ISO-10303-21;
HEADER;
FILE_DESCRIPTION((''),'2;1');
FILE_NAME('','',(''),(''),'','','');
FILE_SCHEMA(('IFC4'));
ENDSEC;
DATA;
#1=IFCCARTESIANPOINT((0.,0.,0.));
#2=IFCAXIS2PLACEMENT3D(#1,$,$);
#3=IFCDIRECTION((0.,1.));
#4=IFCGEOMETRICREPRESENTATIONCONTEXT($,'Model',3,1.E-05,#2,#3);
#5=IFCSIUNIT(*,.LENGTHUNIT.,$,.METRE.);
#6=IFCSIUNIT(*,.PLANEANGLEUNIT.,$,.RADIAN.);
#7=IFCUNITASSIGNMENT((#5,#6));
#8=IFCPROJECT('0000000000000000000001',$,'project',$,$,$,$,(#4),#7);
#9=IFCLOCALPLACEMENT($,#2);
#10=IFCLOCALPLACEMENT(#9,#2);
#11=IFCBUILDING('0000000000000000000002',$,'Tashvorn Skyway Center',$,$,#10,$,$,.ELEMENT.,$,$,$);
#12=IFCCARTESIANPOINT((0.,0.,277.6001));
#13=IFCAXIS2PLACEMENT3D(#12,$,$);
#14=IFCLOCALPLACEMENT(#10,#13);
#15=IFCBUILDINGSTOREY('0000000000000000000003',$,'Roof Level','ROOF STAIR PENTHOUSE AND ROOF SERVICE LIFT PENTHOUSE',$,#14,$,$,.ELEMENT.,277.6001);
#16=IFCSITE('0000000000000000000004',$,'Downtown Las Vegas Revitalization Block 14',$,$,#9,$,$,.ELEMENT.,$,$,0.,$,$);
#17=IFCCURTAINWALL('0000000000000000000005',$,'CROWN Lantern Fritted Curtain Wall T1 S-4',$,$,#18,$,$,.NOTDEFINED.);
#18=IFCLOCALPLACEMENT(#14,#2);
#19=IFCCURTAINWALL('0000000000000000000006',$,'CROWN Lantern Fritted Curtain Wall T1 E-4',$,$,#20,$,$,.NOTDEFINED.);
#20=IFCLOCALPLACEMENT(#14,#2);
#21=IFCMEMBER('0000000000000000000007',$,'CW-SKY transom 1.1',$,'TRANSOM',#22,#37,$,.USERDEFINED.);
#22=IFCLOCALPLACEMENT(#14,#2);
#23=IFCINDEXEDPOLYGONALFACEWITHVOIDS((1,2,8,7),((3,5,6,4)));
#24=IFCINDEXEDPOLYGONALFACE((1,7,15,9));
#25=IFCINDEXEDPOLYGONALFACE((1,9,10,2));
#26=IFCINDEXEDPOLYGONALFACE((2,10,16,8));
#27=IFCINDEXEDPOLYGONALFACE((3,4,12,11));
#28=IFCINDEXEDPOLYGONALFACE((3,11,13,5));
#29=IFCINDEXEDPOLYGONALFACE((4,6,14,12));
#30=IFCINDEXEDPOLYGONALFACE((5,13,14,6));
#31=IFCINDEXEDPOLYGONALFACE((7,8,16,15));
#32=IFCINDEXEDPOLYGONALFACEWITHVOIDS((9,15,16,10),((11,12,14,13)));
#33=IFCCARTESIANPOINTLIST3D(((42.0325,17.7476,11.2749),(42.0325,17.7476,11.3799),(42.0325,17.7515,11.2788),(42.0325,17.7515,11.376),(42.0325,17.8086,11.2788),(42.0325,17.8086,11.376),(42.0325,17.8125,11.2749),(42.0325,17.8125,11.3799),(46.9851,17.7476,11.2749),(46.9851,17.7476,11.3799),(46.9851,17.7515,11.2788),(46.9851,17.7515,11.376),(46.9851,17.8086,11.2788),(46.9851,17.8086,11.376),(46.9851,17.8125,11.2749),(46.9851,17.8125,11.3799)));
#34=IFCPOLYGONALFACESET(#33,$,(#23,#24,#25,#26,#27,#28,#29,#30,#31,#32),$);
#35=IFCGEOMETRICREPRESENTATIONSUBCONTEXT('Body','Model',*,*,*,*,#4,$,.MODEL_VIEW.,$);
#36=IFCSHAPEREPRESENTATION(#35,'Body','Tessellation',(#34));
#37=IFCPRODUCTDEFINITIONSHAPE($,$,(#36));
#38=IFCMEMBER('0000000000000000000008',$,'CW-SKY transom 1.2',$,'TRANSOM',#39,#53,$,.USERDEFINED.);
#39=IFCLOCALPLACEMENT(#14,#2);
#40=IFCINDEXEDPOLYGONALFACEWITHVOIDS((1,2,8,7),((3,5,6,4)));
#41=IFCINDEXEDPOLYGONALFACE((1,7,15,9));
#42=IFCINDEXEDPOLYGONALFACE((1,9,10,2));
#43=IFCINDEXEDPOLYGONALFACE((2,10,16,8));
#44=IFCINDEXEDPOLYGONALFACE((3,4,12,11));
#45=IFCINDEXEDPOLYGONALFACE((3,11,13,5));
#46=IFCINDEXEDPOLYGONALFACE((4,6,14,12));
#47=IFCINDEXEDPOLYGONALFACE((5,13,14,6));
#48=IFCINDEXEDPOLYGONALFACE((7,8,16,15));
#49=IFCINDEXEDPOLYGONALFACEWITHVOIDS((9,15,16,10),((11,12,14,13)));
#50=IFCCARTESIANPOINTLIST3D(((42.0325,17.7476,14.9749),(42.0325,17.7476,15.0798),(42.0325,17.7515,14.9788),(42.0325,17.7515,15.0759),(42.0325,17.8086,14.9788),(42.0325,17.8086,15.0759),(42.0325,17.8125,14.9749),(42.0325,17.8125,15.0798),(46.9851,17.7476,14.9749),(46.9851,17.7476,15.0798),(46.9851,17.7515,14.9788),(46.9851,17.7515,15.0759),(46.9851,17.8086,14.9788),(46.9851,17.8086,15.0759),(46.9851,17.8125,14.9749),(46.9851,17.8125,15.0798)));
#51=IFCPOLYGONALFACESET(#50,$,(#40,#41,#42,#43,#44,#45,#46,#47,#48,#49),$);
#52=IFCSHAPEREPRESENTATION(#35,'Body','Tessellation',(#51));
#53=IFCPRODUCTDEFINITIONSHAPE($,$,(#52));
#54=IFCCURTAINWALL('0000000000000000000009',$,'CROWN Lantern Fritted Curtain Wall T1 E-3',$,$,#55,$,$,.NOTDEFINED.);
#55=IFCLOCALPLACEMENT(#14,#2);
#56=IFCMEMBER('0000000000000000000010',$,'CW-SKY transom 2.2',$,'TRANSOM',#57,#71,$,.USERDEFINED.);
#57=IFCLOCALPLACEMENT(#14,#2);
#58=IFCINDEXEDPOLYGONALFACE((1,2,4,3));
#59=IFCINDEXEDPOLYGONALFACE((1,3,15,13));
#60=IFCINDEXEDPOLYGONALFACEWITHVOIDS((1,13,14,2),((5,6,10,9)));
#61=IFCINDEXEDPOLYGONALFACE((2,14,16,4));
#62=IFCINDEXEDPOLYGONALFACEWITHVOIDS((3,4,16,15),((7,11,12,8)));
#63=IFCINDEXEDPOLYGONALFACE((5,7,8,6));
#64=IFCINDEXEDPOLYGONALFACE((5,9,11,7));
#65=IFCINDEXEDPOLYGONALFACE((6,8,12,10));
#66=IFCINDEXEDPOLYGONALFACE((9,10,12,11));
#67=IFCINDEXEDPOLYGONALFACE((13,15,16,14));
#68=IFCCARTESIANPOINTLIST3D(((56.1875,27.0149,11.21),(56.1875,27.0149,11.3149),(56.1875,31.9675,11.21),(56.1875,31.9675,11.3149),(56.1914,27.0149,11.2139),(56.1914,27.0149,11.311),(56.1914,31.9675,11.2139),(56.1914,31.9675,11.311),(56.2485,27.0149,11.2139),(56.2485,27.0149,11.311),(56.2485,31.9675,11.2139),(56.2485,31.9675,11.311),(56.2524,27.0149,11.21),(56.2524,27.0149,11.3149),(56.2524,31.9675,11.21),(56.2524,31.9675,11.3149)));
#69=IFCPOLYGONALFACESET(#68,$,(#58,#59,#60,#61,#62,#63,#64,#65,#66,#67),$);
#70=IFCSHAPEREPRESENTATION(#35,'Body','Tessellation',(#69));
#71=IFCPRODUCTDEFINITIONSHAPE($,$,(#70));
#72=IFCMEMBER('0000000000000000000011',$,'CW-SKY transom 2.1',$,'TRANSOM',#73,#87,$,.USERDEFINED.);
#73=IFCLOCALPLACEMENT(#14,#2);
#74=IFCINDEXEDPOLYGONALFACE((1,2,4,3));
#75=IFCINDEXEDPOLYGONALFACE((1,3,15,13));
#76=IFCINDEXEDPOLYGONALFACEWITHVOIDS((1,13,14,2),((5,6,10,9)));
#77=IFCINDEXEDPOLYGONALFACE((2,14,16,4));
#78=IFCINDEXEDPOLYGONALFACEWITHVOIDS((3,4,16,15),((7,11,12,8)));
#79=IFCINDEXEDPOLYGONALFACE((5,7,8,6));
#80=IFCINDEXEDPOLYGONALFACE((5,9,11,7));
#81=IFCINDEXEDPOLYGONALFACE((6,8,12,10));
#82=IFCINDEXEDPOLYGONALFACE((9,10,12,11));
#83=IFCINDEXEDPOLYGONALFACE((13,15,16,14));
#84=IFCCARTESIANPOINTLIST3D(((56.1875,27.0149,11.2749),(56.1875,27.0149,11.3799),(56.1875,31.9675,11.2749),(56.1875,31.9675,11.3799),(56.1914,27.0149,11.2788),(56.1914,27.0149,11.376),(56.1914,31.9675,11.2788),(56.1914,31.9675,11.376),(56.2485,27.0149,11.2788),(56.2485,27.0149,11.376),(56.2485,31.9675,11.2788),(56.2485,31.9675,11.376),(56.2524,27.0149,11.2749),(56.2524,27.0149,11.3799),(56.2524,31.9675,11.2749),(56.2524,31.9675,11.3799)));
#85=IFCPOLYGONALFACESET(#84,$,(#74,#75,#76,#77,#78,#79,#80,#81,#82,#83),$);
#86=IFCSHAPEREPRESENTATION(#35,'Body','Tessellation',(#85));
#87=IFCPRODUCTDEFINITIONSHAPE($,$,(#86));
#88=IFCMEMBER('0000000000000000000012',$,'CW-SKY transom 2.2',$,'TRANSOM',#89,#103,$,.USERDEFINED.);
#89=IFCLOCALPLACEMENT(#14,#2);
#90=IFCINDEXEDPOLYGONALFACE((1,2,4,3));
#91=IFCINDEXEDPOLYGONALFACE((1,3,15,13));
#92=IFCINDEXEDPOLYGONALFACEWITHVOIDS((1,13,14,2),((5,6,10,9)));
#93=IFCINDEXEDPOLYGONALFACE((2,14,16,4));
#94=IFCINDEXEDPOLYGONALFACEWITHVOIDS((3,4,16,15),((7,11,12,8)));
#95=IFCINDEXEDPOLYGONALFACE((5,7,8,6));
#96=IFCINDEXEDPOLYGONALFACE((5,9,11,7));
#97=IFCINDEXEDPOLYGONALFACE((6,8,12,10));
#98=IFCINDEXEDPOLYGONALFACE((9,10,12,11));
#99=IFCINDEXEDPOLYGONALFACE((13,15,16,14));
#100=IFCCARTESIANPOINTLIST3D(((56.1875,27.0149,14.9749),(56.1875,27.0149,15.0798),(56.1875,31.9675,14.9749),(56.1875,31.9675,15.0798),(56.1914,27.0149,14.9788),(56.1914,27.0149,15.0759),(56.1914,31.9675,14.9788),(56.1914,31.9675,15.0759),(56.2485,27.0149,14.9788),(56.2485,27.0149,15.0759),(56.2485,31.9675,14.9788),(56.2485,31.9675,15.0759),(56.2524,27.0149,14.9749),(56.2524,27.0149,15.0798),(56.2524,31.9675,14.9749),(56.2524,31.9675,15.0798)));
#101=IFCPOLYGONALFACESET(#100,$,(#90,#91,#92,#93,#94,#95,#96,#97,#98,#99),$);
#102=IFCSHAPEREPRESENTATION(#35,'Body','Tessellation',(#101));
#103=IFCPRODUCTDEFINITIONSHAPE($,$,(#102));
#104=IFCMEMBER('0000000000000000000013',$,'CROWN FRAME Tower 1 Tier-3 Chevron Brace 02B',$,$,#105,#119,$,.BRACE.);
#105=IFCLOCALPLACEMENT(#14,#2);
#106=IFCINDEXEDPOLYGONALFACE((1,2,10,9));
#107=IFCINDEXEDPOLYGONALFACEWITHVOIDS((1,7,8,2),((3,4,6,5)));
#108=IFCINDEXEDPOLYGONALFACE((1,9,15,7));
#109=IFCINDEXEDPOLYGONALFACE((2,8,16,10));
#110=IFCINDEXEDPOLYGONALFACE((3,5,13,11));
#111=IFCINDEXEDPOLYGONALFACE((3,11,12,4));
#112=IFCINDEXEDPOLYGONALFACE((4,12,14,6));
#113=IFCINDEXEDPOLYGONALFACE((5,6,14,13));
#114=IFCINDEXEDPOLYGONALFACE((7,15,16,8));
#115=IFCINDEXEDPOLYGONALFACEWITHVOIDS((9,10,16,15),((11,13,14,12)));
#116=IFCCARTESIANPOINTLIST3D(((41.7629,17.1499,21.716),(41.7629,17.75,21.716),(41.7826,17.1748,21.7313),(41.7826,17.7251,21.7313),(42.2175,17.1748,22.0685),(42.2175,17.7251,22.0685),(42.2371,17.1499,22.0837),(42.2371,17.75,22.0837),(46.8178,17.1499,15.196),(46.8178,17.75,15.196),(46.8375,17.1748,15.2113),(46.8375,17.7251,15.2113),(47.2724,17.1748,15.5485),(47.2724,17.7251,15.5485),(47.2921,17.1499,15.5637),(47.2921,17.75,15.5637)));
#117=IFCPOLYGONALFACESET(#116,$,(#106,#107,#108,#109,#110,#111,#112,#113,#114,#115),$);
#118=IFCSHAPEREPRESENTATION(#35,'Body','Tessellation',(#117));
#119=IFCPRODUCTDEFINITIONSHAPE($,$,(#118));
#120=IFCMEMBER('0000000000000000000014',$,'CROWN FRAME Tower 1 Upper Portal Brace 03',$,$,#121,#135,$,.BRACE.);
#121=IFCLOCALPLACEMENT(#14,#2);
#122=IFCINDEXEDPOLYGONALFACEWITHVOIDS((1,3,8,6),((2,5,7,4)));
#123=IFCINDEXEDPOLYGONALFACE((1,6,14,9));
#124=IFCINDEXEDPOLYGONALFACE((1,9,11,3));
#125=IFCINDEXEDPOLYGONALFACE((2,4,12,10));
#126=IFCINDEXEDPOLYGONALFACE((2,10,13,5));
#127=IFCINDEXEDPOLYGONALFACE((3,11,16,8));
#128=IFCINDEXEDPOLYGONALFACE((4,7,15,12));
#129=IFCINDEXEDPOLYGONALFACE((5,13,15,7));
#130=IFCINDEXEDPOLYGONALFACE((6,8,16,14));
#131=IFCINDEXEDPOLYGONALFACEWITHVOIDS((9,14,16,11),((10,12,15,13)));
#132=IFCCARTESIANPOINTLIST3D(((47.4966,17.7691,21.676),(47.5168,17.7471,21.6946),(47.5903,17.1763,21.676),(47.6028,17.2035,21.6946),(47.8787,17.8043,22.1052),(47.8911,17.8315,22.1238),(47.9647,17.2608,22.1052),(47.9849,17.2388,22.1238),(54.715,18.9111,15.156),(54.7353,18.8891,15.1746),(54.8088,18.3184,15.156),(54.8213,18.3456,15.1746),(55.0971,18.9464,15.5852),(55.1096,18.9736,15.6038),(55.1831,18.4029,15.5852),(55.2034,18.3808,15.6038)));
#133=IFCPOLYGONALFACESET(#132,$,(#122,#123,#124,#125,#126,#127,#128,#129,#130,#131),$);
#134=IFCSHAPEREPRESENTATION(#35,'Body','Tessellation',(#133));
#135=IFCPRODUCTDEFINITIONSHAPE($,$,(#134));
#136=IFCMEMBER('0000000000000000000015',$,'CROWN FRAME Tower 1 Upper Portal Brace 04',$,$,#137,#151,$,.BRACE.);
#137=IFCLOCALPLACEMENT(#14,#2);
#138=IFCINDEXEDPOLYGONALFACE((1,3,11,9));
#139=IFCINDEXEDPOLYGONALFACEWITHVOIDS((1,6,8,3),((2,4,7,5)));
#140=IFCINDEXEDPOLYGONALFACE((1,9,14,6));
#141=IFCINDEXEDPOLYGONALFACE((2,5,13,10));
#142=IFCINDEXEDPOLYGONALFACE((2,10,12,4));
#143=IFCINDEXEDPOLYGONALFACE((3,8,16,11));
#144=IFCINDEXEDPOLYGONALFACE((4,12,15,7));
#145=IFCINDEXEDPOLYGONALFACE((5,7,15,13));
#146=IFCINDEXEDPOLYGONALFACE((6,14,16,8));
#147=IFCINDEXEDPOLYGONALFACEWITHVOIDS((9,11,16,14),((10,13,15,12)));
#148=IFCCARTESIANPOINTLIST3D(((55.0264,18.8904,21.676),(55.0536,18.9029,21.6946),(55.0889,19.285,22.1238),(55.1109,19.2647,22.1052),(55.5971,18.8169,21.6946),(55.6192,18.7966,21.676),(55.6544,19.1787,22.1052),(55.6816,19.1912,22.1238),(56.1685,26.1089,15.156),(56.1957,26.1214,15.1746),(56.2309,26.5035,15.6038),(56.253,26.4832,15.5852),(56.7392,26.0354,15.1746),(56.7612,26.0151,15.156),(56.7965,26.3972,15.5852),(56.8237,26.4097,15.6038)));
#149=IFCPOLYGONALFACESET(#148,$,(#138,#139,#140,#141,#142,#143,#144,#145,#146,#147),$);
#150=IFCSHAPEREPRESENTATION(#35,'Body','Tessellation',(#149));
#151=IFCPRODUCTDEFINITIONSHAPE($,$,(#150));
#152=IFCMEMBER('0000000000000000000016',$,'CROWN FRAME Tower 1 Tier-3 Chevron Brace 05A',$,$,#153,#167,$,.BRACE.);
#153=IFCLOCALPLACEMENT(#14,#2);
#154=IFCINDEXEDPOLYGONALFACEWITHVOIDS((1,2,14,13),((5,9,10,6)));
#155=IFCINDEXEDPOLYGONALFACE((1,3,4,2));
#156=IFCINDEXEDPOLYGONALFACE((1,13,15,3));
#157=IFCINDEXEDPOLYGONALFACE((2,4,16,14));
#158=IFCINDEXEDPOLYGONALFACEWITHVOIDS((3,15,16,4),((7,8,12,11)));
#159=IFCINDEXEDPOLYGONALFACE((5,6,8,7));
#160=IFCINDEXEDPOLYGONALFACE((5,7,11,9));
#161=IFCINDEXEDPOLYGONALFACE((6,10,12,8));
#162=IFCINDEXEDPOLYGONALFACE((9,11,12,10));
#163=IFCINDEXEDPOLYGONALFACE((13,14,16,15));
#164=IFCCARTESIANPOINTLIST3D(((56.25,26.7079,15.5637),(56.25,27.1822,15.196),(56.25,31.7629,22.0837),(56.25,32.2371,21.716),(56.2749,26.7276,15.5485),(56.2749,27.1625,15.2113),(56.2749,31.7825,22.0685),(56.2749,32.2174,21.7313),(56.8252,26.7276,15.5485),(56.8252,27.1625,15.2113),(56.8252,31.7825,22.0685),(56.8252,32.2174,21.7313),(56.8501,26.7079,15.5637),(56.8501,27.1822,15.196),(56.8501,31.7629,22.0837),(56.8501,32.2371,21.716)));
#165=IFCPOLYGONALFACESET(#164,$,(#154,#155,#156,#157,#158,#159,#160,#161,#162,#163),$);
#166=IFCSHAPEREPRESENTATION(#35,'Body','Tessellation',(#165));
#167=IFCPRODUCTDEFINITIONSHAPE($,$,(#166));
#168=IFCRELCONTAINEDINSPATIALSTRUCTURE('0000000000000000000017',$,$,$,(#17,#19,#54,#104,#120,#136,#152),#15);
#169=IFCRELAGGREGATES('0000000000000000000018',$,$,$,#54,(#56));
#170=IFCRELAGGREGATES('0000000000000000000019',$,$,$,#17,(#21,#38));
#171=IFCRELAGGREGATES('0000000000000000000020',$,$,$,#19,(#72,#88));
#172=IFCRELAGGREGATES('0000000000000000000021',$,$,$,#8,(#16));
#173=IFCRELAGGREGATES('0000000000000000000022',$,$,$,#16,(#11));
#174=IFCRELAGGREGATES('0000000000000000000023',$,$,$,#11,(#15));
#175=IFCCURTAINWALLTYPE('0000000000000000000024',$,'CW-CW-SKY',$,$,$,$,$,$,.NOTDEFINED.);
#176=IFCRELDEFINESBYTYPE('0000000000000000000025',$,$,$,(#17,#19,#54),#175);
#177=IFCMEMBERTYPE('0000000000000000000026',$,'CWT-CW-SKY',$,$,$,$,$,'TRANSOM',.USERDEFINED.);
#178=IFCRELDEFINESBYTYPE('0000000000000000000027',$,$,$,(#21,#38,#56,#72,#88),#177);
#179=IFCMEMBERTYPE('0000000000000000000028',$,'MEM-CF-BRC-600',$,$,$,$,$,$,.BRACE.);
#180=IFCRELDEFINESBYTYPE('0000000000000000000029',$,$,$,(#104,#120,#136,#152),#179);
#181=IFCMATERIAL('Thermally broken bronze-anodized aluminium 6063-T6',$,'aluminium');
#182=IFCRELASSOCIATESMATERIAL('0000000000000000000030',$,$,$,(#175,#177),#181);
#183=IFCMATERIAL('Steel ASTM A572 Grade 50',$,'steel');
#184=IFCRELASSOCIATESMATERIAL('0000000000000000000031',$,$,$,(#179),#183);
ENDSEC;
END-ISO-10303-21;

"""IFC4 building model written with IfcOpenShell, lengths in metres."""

from ifc_helpers import new_model, si_unit, direction, frame, origin, origin_2d, place, context, subcontext, project, spatial, hollow_rectangle, extrude, material, material_profile, profile_set, type_object, element, aggregate, save


model = new_model("IFC4")

# Units and contexts
model_context = context("Model", 3, precision=1e-05, world=origin(), true_north=direction((0.0, 1.0)))
body_context = subcontext(model_context, "Body", "Model", "MODEL_VIEW")
ifc_project = project(units=[si_unit("LENGTHUNIT", "METRE"), si_unit("PLANEANGLEUNIT", "RADIAN")], contexts=[model_context])

# Site, building, storey
site_placement = place(None, origin())
site = spatial("IfcSite", under=ifc_project, at=site_placement, Name="Downtown Las Vegas Revitalization Block 14", CompositionType="ELEMENT", RefElevation=0.0)
building_placement = place(site_placement, origin())
building = spatial("IfcBuilding", under=site, at=building_placement, Name="Tashvorn Skyway Center", CompositionType="ELEMENT")
storey_placement = place(building_placement, frame((0.0, 0.0, 277.6001)))
storey = spatial("IfcBuildingStorey", under=building, at=storey_placement, Name="Roof Level", Description="ROOF STAIR PENTHOUSE AND ROOF SERVICE LIFT PENTHOUSE", CompositionType="ELEMENT", Elevation=277.6001)

# Shared definitions
ifc_material_1 = material(Name="Steel ASTM A572 Grade 50", Category="steel")

# Curtain wall
ifc_material_2 = material(Name="Thermally broken bronze-anodized aluminium 6063-T6", Category="aluminium")
curtain_wall_type = type_object("IfcCurtainWallType", Name="CW-CW-SKY", PredefinedType="NOTDEFINED", material=ifc_material_2)
curtain_wall_1_placement = place(storey_placement, origin())
curtain_wall_1 = element("IfcCurtainWall", 1, at=curtain_wall_1_placement, inside=storey, type_object=curtain_wall_type, Name="CROWN Lantern Fritted Curtain Wall T1 S-4", PredefinedType="NOTDEFINED")

# Curtain wall
curtain_wall_2_placement = place(storey_placement, origin())
curtain_wall_2 = element("IfcCurtainWall", 2, at=curtain_wall_2_placement, inside=storey, type_object=curtain_wall_type, Name="CROWN Lantern Fritted Curtain Wall T1 E-4", PredefinedType="NOTDEFINED")

# Shared definitions
ifc_material_profile_1 = material_profile(ifc_material_2, hollow_rectangle(XDim=0.0649, YDim=0.105, WallThickness=0.0039, at=origin_2d()), Name="ALU-TRAN-65x105")
ifc_profile_set_1 = profile_set([ifc_material_profile_1], Name="Thermally broken bronze-anodized aluminium 6063-T6")
member_type_1 = type_object("IfcMemberType", Name="CWT-CW-SKY", ElementType="TRANSOM", PredefinedType="USERDEFINED", material=ifc_profile_set_1)

# Members
member_1_placement = place(storey_placement, frame((46.9851, 17.78, 11.3274), z_axis=(-1.0, 0.0, 0.0), x_axis=(0.0, -1.0, 0.0)))
member_1 = element("IfcMember", 3, at=member_1_placement, type_object=member_type_1, Name="CW-SKY transom 1.1", ObjectType="TRANSOM", PredefinedType="USERDEFINED", context=body_context, shape_type="SweptSolid", body=[
    extrude(hollow_rectangle(XDim=0.0649, YDim=0.105, WallThickness=0.0039, at=origin_2d()), origin(), (0.0, 0.0, 1.0), 4.9526),
])
member_2_placement = place(storey_placement, frame((46.9851, 17.78, 15.0273), z_axis=(-1.0, 0.0, 0.0), x_axis=(0.0, -1.0, 0.0)))
member_2 = element("IfcMember", 4, at=member_2_placement, type_object=member_type_1, Name="CW-SKY transom 1.2", ObjectType="TRANSOM", PredefinedType="USERDEFINED", context=body_context, shape_type="SweptSolid", body=[
    extrude(hollow_rectangle(XDim=0.0649, YDim=0.105, WallThickness=0.0039, at=origin_2d()), origin(), (0.0, 0.0, 1.0), 4.9526),
])

# Curtain wall, member
curtain_wall_3_placement = place(storey_placement, origin())
curtain_wall_3 = element("IfcCurtainWall", 5, at=curtain_wall_3_placement, inside=storey, type_object=curtain_wall_type, Name="CROWN Lantern Fritted Curtain Wall T1 E-3", PredefinedType="NOTDEFINED")
member_3_placement = place(storey_placement, frame((56.22, 31.9675, 11.2625), z_axis=(0.0, -1.0, 0.0), x_axis=(1.0, 0.0, 0.0)))
member_3 = element("IfcMember", 6, at=member_3_placement, type_object=member_type_1, Name="CW-SKY transom 2.2", ObjectType="TRANSOM", PredefinedType="USERDEFINED", context=body_context, shape_type="SweptSolid", body=[
    extrude(hollow_rectangle(XDim=0.0649, YDim=0.105, WallThickness=0.0039, at=origin_2d()), origin(), (0.0, 0.0, 1.0), 4.9526),
])
aggregate(curtain_wall_3, [member_3])

# Members
member_4_placement = place(storey_placement, frame((56.22, 31.9675, 11.3274), z_axis=(0.0, -1.0, 0.0), x_axis=(1.0, 0.0, 0.0)))
member_4 = element("IfcMember", 7, at=member_4_placement, type_object=member_type_1, Name="CW-SKY transom 2.1", ObjectType="TRANSOM", PredefinedType="USERDEFINED", context=body_context, shape_type="SweptSolid", body=[
    extrude(hollow_rectangle(XDim=0.0649, YDim=0.105, WallThickness=0.0039, at=origin_2d()), origin(), (0.0, 0.0, 1.0), 4.9526),
])
member_5_placement = place(storey_placement, frame((56.22, 31.9675, 15.0273), z_axis=(0.0, -1.0, 0.0), x_axis=(1.0, 0.0, 0.0)))
member_5 = element("IfcMember", 8, at=member_5_placement, type_object=member_type_1, Name="CW-SKY transom 2.2", ObjectType="TRANSOM", PredefinedType="USERDEFINED", context=body_context, shape_type="SweptSolid", body=[
    extrude(hollow_rectangle(XDim=0.0649, YDim=0.105, WallThickness=0.0039, at=origin_2d()), origin(), (0.0, 0.0, 1.0), 4.9526),
])

# Members
ifc_material_profile_2 = material_profile(ifc_material_1, hollow_rectangle(XDim=0.6001, YDim=0.6001, WallThickness=0.0249, at=origin_2d()), Name="BOX600x600x25")
ifc_profile_set_2 = profile_set([ifc_material_profile_2], Name="Steel ASTM A572 Grade 50")
member_type_2 = type_object("IfcMemberType", Name="MEM-CF-BRC-600", PredefinedType="BRACE", material=ifc_profile_set_2)
member_6_placement = place(storey_placement, frame((47.0549, 17.45, 15.3799), z_axis=(-0.612717, 0.0, 0.790303), x_axis=(0.0, -1.0, 0.0)))
element("IfcMember", 9, at=member_6_placement, inside=storey, type_object=member_type_2, Name="CROWN FRAME Tower 1 Tier-3 Chevron Brace 02B", PredefinedType="BRACE", context=body_context, shape_type="SweptSolid", body=[
    extrude(hollow_rectangle(XDim=0.6001, YDim=0.6001, WallThickness=0.0249, at=origin_2d()), origin(), (0.0, 0.0, 1.0), 8.25),
])
for number, where, z_axis, x_axis, name in (
    (10, (54.9592, 18.646, 15.3799), (-0.737036, -0.116612, 0.665718), (0.156273, -0.987714, 0.0), "CROWN FRAME Tower 1 Upper Portal Brace 03"),
    (11, (56.4961, 26.2593, 15.3799), (-0.116612, -0.737036, 0.665718), (0.987714, -0.156273, 0.0), "CROWN FRAME Tower 1 Upper Portal Brace 04"),
):
    element("IfcMember", number, at=place(storey_placement, frame(where, z_axis=z_axis, x_axis=x_axis)), inside=storey, type_object=member_type_2, Name=name, PredefinedType="BRACE", context=body_context, shape_type="SweptSolid", body=[
        extrude(hollow_rectangle(XDim=0.6001, YDim=0.6001, WallThickness=0.0249, at=origin_2d()), origin(), (0.0, 0.0, 1.0), 9.7939),
    ])
member_7_placement = place(storey_placement, frame((56.55, 26.9451, 15.3799), z_axis=(0.0, 0.612717, 0.790303), x_axis=(-1.0, 0.0, 0.0)))
element("IfcMember", 12, at=member_7_placement, inside=storey, type_object=member_type_2, Name="CROWN FRAME Tower 1 Tier-3 Chevron Brace 05A", PredefinedType="BRACE", context=body_context, shape_type="SweptSolid", body=[
    extrude(hollow_rectangle(XDim=0.6001, YDim=0.6001, WallThickness=0.0249, at=origin_2d()), origin(), (0.0, 0.0, 1.0), 8.25),
])

aggregate(curtain_wall_1, [member_1, member_2])
aggregate(curtain_wall_2, [member_4, member_5])

save(model, "model.ifc")
